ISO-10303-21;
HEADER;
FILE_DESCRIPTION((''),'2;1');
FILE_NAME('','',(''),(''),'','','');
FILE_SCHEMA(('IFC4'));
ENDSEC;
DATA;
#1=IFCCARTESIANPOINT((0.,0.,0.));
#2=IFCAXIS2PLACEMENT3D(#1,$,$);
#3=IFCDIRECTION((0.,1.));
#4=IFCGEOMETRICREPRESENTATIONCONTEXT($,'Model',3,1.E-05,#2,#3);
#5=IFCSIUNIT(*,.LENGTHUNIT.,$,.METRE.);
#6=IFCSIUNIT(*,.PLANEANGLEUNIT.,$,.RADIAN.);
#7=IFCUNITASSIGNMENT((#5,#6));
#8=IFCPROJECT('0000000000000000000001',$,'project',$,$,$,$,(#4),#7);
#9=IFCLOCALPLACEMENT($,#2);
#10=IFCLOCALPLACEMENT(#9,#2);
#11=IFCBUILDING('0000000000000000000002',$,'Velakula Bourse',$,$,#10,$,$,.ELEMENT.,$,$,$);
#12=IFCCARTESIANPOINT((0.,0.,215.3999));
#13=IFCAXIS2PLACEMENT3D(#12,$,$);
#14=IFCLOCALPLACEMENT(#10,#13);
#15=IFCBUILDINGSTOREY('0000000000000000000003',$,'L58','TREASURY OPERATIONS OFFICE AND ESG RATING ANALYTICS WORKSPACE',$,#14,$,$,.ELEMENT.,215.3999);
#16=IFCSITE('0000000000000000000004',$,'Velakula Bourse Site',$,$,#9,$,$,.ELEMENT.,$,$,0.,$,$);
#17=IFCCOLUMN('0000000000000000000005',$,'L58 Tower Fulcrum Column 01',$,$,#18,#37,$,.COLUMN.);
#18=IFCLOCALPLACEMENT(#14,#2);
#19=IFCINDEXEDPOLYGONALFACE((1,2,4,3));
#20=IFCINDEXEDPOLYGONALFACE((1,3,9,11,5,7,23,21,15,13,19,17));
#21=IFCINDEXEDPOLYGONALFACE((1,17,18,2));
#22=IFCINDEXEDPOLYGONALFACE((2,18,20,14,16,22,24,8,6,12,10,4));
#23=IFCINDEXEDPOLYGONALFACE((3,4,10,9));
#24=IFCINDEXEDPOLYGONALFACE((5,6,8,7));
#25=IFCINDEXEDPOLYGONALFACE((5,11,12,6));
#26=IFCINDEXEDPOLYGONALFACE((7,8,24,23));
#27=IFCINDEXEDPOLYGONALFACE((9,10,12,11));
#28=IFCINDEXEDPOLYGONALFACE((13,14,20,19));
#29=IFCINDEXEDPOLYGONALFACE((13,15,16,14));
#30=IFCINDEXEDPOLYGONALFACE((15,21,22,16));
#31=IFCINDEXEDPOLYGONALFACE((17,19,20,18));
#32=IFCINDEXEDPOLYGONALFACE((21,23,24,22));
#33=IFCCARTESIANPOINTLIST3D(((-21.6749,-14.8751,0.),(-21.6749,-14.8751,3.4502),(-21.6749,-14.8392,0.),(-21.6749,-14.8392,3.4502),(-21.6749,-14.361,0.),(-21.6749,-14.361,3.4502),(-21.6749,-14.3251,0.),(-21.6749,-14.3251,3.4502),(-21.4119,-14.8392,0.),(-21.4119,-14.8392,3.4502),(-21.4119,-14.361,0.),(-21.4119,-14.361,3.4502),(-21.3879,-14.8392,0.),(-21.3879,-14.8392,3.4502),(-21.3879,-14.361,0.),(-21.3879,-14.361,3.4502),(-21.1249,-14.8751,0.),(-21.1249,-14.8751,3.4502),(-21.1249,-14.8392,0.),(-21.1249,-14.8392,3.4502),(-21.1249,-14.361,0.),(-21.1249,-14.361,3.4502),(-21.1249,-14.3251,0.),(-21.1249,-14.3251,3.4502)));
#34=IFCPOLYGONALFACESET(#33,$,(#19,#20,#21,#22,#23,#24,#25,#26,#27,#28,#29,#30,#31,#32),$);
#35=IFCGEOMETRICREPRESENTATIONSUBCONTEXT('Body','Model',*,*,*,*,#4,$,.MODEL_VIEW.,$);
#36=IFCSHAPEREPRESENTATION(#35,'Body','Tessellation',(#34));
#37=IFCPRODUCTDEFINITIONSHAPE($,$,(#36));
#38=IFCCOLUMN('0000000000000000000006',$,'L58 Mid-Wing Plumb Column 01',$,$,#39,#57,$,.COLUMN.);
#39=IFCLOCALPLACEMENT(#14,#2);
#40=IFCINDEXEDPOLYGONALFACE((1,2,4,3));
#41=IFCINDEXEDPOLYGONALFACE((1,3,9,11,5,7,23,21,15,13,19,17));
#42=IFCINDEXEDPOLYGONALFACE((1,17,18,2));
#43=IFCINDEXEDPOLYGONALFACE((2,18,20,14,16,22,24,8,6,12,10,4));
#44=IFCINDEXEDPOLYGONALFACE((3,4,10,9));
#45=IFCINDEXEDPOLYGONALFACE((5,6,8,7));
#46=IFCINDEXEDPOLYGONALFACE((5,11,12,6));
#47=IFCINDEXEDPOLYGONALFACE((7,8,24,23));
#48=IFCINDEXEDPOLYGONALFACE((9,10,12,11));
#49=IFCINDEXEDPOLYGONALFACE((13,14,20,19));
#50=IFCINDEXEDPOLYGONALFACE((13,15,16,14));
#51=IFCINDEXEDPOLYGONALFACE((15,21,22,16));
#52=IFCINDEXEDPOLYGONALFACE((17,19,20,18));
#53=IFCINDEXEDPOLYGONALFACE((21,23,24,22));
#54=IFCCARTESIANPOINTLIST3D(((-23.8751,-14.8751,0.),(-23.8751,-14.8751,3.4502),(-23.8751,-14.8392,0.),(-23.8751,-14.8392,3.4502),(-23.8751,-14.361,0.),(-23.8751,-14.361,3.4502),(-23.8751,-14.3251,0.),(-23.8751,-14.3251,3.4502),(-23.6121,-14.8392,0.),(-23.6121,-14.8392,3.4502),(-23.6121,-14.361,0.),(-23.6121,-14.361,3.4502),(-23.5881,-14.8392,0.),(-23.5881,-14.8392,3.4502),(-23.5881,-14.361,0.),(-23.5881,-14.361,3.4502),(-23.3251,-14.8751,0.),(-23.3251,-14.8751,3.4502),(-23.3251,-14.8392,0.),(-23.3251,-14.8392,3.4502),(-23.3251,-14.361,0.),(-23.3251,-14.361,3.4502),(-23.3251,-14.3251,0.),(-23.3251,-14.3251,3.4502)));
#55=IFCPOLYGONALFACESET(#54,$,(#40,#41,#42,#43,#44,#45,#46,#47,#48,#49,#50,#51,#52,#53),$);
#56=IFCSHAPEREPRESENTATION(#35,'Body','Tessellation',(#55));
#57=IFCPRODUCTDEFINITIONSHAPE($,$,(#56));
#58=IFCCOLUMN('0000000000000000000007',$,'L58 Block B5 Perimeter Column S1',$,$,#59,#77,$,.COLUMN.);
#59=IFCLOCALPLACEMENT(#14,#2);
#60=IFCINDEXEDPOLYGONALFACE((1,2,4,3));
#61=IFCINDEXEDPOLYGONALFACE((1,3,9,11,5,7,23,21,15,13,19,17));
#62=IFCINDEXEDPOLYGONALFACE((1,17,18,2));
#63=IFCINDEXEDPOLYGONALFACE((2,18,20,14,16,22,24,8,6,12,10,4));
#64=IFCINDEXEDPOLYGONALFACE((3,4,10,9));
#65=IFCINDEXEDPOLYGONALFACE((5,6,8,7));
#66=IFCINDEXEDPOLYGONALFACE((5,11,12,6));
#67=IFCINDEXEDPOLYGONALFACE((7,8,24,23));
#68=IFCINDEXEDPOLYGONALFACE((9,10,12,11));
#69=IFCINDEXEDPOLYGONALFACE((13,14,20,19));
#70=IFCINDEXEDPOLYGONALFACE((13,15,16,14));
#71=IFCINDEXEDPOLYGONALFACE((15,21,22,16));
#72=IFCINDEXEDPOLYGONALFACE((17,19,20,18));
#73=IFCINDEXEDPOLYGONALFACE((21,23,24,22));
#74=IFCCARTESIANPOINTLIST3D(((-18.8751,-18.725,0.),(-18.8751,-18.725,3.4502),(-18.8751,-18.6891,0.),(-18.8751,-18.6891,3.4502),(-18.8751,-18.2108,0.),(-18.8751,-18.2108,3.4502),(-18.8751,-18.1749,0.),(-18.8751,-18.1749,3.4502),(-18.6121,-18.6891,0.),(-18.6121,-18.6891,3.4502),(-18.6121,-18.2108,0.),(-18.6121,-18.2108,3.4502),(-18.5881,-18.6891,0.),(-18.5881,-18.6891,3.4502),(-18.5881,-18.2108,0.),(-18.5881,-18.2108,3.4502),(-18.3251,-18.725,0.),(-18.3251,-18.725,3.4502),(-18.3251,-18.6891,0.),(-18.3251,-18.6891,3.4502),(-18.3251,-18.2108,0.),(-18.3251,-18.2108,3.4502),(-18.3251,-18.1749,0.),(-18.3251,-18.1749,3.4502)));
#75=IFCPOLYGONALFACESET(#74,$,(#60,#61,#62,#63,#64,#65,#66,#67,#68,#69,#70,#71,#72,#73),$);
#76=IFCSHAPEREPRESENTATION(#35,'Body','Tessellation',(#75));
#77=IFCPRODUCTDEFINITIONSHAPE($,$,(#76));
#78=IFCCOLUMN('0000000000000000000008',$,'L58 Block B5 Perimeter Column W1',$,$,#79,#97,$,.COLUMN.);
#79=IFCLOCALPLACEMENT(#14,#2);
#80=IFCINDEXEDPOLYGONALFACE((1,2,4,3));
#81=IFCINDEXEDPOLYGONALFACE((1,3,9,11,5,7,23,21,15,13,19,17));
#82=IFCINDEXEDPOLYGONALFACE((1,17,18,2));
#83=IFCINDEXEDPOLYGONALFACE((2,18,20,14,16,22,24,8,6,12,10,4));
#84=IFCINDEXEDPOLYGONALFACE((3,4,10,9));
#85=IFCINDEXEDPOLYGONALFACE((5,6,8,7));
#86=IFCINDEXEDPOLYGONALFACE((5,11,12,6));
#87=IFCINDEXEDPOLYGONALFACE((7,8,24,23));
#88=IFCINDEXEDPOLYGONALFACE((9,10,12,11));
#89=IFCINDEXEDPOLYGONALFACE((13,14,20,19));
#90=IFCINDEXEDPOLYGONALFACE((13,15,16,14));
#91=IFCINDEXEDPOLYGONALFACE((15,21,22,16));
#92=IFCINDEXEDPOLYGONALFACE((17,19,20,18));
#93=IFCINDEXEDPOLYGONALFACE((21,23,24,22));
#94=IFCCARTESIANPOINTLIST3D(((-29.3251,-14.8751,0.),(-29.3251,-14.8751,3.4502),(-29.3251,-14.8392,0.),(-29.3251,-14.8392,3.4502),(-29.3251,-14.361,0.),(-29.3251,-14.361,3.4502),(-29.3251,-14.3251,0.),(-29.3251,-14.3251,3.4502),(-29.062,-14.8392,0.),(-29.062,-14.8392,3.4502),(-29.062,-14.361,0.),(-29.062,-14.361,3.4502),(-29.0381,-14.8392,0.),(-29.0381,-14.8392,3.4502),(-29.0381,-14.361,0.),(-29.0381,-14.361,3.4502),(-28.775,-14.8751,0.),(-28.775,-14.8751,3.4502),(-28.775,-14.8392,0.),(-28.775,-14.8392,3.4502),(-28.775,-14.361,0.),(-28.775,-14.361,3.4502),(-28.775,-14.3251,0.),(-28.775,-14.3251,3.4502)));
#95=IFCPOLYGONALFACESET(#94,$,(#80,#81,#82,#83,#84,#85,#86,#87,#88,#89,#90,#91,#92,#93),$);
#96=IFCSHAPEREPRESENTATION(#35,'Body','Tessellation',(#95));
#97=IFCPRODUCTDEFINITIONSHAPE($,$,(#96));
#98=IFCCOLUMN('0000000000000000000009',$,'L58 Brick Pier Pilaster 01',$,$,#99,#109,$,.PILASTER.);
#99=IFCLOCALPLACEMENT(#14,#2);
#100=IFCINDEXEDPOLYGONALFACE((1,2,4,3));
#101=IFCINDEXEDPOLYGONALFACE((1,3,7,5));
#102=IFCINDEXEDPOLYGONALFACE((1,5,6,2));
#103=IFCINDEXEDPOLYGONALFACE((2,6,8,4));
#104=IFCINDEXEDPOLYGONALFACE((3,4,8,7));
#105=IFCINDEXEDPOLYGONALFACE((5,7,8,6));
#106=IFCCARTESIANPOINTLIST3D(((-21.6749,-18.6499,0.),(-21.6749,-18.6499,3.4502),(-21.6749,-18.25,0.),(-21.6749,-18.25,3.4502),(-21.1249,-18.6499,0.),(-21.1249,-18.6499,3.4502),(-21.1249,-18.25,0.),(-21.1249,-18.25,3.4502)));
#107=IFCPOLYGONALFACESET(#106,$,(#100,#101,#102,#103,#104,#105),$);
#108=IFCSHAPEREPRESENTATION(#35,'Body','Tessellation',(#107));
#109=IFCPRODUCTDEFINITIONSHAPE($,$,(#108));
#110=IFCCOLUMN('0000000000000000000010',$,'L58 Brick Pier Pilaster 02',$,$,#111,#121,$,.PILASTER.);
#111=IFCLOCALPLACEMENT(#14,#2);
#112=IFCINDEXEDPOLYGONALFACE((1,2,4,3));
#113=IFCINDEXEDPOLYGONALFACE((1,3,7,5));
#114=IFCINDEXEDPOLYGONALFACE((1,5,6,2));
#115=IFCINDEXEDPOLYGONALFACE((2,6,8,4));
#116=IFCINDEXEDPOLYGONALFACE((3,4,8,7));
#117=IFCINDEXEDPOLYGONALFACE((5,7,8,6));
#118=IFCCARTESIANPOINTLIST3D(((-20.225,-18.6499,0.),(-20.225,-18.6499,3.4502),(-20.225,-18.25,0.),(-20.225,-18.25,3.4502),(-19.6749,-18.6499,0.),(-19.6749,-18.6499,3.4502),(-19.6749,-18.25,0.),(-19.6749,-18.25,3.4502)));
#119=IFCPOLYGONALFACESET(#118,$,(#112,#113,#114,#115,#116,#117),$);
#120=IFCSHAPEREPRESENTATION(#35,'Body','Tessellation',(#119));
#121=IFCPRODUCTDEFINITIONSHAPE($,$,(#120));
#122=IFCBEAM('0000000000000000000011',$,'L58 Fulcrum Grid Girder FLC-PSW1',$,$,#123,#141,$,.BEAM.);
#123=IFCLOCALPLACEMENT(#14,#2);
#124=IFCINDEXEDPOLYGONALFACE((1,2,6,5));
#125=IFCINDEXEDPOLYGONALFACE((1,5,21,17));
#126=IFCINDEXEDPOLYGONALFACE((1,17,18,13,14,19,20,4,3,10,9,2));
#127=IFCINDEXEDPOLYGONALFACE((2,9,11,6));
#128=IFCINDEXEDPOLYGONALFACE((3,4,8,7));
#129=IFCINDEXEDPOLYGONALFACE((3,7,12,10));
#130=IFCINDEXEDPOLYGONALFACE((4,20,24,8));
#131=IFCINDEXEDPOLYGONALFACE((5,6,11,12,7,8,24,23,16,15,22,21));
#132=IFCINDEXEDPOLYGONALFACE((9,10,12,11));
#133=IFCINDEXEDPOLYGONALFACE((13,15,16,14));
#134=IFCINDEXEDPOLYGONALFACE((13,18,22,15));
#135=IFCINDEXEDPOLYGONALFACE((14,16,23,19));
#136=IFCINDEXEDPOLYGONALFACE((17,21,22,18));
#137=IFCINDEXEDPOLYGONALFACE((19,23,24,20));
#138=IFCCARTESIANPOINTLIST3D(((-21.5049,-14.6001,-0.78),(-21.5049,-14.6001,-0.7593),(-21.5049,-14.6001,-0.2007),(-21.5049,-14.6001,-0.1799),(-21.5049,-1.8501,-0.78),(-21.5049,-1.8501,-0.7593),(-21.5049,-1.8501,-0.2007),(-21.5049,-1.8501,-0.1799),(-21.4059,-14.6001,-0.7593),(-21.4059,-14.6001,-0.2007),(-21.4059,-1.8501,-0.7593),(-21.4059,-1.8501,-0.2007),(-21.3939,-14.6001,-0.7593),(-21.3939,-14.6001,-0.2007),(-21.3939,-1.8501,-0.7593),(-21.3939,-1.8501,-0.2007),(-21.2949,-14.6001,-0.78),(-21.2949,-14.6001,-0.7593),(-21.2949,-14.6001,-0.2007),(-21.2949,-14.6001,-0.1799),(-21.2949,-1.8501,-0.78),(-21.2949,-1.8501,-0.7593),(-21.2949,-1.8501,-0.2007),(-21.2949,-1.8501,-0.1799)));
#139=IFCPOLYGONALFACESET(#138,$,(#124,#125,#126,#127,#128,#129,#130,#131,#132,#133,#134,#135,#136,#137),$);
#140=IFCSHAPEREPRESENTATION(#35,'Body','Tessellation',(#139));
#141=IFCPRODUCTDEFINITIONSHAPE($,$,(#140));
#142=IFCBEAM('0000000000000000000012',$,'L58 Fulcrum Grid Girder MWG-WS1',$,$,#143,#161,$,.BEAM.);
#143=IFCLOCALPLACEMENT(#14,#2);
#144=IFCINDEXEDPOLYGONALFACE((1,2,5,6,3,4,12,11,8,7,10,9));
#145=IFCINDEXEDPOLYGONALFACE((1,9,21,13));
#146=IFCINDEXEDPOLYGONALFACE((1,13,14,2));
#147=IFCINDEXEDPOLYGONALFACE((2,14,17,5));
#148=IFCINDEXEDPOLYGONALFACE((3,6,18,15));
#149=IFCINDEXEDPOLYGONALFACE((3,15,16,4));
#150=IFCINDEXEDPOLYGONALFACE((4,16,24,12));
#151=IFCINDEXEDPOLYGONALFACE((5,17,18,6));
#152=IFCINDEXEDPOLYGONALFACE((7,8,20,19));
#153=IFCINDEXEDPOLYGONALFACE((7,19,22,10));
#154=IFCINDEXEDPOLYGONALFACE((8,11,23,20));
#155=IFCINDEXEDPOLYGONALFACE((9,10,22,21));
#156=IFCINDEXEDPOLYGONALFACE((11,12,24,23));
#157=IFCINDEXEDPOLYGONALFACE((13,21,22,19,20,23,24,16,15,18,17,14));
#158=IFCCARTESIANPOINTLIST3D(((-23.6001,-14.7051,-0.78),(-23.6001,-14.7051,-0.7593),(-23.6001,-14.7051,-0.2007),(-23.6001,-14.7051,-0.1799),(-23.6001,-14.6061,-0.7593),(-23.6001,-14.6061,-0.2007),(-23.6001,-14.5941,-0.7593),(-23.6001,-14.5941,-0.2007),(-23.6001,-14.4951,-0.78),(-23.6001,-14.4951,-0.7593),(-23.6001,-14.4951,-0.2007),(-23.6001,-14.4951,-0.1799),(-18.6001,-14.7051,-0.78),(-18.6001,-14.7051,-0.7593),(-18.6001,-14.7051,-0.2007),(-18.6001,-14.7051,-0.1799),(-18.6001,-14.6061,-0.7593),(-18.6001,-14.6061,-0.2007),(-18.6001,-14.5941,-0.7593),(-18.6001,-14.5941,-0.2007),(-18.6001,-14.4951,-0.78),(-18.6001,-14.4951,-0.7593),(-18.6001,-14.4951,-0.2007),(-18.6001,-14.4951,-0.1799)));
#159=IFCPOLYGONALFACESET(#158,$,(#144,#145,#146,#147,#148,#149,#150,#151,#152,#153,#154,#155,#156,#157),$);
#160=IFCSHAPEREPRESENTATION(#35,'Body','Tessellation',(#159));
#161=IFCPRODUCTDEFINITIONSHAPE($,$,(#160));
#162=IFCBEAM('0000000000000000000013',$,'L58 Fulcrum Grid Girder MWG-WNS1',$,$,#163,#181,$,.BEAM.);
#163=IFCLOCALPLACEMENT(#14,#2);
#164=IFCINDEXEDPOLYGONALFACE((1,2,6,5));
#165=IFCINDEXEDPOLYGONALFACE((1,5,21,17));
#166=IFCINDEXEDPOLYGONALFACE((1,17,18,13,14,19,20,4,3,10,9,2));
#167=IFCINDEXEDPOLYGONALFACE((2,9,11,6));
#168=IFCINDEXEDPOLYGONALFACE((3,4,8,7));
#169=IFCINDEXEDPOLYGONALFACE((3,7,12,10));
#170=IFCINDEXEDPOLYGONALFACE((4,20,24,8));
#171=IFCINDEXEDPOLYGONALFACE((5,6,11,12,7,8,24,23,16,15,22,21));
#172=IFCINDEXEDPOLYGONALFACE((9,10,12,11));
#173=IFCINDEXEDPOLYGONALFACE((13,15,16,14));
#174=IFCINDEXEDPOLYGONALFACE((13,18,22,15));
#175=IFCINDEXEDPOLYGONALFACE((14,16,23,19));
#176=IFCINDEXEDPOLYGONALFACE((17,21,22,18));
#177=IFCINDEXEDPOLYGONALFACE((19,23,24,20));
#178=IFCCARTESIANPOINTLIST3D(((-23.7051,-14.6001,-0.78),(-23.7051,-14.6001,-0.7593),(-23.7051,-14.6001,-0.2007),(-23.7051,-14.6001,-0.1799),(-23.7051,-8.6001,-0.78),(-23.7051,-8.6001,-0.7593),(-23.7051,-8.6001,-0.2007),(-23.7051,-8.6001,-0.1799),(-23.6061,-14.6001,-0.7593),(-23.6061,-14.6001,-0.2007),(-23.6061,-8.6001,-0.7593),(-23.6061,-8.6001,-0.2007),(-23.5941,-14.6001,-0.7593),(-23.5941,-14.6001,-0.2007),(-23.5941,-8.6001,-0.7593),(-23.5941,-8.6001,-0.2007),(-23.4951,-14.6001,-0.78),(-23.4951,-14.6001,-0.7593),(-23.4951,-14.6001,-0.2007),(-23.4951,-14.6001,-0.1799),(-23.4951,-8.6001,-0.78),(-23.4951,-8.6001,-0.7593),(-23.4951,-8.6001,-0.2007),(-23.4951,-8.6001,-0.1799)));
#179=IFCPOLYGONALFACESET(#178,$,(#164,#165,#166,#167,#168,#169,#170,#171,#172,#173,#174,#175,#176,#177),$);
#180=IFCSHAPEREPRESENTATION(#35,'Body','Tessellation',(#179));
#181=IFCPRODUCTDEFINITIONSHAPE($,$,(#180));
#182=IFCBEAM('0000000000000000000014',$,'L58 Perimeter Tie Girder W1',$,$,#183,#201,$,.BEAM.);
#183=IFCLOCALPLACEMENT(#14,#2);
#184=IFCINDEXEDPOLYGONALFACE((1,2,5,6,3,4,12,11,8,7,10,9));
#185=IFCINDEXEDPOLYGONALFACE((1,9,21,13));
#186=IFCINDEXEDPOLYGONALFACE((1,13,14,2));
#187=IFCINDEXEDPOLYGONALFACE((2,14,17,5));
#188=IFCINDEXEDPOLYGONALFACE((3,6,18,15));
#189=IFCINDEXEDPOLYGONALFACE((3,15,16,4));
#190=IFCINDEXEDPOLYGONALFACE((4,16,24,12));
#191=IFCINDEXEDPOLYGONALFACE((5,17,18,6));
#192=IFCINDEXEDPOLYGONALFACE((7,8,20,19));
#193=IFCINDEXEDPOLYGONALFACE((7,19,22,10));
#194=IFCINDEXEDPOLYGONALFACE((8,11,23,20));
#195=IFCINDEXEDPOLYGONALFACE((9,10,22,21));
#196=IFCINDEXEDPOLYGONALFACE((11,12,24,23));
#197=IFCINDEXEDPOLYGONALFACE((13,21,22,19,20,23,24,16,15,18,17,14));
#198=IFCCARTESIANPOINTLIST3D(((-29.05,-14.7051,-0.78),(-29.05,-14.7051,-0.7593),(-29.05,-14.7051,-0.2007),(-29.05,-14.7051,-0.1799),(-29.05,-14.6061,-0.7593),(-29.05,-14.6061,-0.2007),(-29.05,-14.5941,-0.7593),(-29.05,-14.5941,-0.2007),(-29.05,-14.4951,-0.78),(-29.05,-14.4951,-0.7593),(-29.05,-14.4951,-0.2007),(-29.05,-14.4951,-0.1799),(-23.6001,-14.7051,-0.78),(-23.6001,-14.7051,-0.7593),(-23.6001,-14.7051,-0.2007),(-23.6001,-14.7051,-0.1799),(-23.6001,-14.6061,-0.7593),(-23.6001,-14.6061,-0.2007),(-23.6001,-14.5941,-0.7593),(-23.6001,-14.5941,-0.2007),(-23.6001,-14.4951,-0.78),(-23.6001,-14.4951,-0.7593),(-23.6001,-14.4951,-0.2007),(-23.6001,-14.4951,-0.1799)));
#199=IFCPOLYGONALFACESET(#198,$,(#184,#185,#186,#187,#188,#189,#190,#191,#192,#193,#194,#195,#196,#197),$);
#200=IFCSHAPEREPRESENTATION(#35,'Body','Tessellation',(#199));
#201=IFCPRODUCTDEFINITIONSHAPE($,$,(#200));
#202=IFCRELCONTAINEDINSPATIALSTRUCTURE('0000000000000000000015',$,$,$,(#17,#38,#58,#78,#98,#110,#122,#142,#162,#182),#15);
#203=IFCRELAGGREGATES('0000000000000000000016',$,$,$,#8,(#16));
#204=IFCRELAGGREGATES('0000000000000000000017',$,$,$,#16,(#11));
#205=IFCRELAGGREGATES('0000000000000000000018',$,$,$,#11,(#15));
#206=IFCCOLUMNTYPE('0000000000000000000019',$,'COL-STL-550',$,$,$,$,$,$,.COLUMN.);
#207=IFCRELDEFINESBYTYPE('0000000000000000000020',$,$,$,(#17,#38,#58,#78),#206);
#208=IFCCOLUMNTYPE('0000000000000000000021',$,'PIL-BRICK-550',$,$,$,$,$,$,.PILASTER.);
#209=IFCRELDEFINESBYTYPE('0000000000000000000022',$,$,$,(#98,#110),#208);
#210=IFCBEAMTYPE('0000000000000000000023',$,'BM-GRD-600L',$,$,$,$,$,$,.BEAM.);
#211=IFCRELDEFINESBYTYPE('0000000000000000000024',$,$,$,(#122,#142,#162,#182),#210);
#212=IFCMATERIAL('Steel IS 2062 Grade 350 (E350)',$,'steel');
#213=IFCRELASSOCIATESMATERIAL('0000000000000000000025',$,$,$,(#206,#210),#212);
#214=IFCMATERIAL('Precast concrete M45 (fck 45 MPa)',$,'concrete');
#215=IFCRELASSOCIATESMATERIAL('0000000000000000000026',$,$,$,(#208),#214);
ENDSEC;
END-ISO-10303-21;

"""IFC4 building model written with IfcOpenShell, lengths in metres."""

from ifc_helpers import new_model, si_unit, direction, frame, origin, origin_2d, place, context, subcontext, project, spatial, rectangle, i_section, extrude, material, material_profile, profile_set, type_object, element, save


model = new_model("IFC4")

# Units and contexts
model_context = context("Model", 3, precision=1e-05, world=origin(), true_north=direction((0.0, 1.0)))
body_context = subcontext(model_context, "Body", "Model", "MODEL_VIEW")
ifc_project = project(units=[si_unit("LENGTHUNIT", "METRE"), si_unit("PLANEANGLEUNIT", "RADIAN")], contexts=[model_context])

# Site, building, storey
site_placement = place(None, origin())
site = spatial("IfcSite", under=ifc_project, at=site_placement, Name="Velakula Bourse Site", CompositionType="ELEMENT", RefElevation=0.0)
building_placement = place(site_placement, origin())
building = spatial("IfcBuilding", under=site, at=building_placement, Name="Velakula Bourse", CompositionType="ELEMENT")
storey_placement = place(building_placement, frame((0.0, 0.0, 215.3999)))
storey = spatial("IfcBuildingStorey", under=building, at=storey_placement, Name="L58", Description="TREASURY OPERATIONS OFFICE AND ESG RATING ANALYTICS WORKSPACE", CompositionType="ELEMENT", Elevation=215.3999)

# Columns
ifc_material_1 = material(Name="Steel IS 2062 Grade 350 (E350)", Category="steel")
ifc_material_profile_1 = material_profile(ifc_material_1, i_section(OverallWidth=0.55, OverallDepth=0.55, WebThickness=0.0239, FlangeThickness=0.0359, at=origin_2d()), Name="Steel IS 2062 Grade 350 (E350)")
ifc_profile_set_1 = profile_set([ifc_material_profile_1], Name="Steel IS 2062 Grade 350 (E350)")
column_type_1 = type_object("IfcColumnType", Name="COL-STL-550", PredefinedType="COLUMN", material=ifc_profile_set_1)
for number, where, z_axis, x_axis, name in (
    (1, (-21.3999, -14.6001, 0.0), (0.0, 0.0, 1.0), (1.0, 0.0, 0.0), "L58 Tower Fulcrum Column 01"),
    (2, (-23.6001, -14.6001, 0.0), (0.0, 0.0, 1.0), (1.0, 0.0, 0.0), "L58 Mid-Wing Plumb Column 01"),
    (3, (-18.6001, -18.45, 0.0), (0.0, 0.0, 1.0), (1.0, 0.0, 0.0), "L58 Block B5 Perimeter Column S1"),
    (4, (-29.05, -14.6001, 0.0), (0.0, 0.0, 1.0), (1.0, 0.0, 0.0), "L58 Block B5 Perimeter Column W1"),
):
    element("IfcColumn", number, at=place(storey_placement, frame(where, z_axis=z_axis, x_axis=x_axis)), inside=storey, type_object=column_type_1, Name=name, PredefinedType="COLUMN", context=body_context, shape_type="SweptSolid", body=[
        extrude(i_section(OverallWidth=0.55, OverallDepth=0.55, WebThickness=0.0239, FlangeThickness=0.0359, at=origin_2d()), origin(), (0.0, 0.0, 1.0), 3.4502),
    ])
ifc_material_2 = material(Name="Precast concrete M45 (fck 45 MPa)", Category="concrete")
ifc_material_profile_2 = material_profile(ifc_material_2, rectangle(XDim=0.55, YDim=0.3999, at=origin_2d()), Name="Precast concrete M45 (fck 45 MPa)")
ifc_profile_set_2 = profile_set([ifc_material_profile_2], Name="Precast concrete M45 (fck 45 MPa)")
column_type_2 = type_object("IfcColumnType", Name="PIL-BRICK-550", PredefinedType="PILASTER", material=ifc_profile_set_2)
for number, where, z_axis, x_axis, name in (
    (5, (-21.3999, -18.45, 0.0), (0.0, 0.0, 1.0), (1.0, 0.0, 0.0), "L58 Brick Pier Pilaster 01"),
    (6, (-19.95, -18.45, 0.0), (0.0, 0.0, 1.0), (1.0, 0.0, 0.0), "L58 Brick Pier Pilaster 02"),
):
    element("IfcColumn", number, at=place(storey_placement, frame(where, z_axis=z_axis, x_axis=x_axis)), inside=storey, type_object=column_type_2, Name=name, PredefinedType="PILASTER", context=body_context, shape_type="SweptSolid", body=[
        extrude(rectangle(XDim=0.55, YDim=0.3999, at=origin_2d()), origin(), (0.0, 0.0, 1.0), 3.4502),
    ])

# Beams
ifc_material_profile_3 = material_profile(ifc_material_1, i_section(OverallWidth=0.21, OverallDepth=0.6001, WebThickness=0.012, FlangeThickness=0.0208, at=origin_2d()), Name="Steel IS 2062 Grade 350 (E350)")
ifc_profile_set_3 = profile_set([ifc_material_profile_3], Name="Steel IS 2062 Grade 350 (E350)")
beam_type_1 = type_object("IfcBeamType", Name="BM-GRD-600L", PredefinedType="BEAM", material=ifc_profile_set_3)
beam_1_placement = place(storey_placement, frame((-21.3999, -14.6001, -0.48), z_axis=(0.0, 1.0, 0.0), x_axis=(-1.0, 0.0, 0.0)))
element("IfcBeam", 7, at=beam_1_placement, inside=storey, type_object=beam_type_1, Name="L58 Fulcrum Grid Girder FLC-PSW1", PredefinedType="BEAM", context=body_context, shape_type="SweptSolid", body=[
    extrude(i_section(OverallWidth=0.21, OverallDepth=0.6001, WebThickness=0.012, FlangeThickness=0.0208, at=origin_2d()), origin(), (0.0, 0.0, 1.0), 12.75),
])
beam_2_placement = place(storey_placement, frame((-23.6001, -14.6001, -0.48), z_axis=(1.0, 0.0, 0.0), x_axis=(0.0, 1.0, 0.0)))
element("IfcBeam", 8, at=beam_2_placement, inside=storey, type_object=beam_type_1, Name="L58 Fulcrum Grid Girder MWG-WS1", PredefinedType="BEAM", context=body_context, shape_type="SweptSolid", body=[
    extrude(i_section(OverallWidth=0.21, OverallDepth=0.6001, WebThickness=0.012, FlangeThickness=0.0208, at=origin_2d()), origin(), (0.0, 0.0, 1.0), 5.0),
])
beam_3_placement = place(storey_placement, frame((-23.6001, -14.6001, -0.48), z_axis=(0.0, 1.0, 0.0), x_axis=(-1.0, 0.0, 0.0)))
element("IfcBeam", 9, at=beam_3_placement, inside=storey, type_object=beam_type_1, Name="L58 Fulcrum Grid Girder MWG-WNS1", PredefinedType="BEAM", context=body_context, shape_type="SweptSolid", body=[
    extrude(i_section(OverallWidth=0.21, OverallDepth=0.6001, WebThickness=0.012, FlangeThickness=0.0208, at=origin_2d()), origin(), (0.0, 0.0, 1.0), 6.0),
])
beam_4_placement = place(storey_placement, frame((-23.6001, -14.6001, -0.48), z_axis=(-1.0, 0.0, 0.0), x_axis=(0.0, -1.0, 0.0)))
element("IfcBeam", 10, at=beam_4_placement, inside=storey, type_object=beam_type_1, Name="L58 Perimeter Tie Girder W1", PredefinedType="BEAM", context=body_context, shape_type="SweptSolid", body=[
    extrude(i_section(OverallWidth=0.21, OverallDepth=0.6001, WebThickness=0.012, FlangeThickness=0.0208, at=origin_2d()), origin(), (0.0, 0.0, 1.0), 5.45),
])

save(model, "model.ifc")
